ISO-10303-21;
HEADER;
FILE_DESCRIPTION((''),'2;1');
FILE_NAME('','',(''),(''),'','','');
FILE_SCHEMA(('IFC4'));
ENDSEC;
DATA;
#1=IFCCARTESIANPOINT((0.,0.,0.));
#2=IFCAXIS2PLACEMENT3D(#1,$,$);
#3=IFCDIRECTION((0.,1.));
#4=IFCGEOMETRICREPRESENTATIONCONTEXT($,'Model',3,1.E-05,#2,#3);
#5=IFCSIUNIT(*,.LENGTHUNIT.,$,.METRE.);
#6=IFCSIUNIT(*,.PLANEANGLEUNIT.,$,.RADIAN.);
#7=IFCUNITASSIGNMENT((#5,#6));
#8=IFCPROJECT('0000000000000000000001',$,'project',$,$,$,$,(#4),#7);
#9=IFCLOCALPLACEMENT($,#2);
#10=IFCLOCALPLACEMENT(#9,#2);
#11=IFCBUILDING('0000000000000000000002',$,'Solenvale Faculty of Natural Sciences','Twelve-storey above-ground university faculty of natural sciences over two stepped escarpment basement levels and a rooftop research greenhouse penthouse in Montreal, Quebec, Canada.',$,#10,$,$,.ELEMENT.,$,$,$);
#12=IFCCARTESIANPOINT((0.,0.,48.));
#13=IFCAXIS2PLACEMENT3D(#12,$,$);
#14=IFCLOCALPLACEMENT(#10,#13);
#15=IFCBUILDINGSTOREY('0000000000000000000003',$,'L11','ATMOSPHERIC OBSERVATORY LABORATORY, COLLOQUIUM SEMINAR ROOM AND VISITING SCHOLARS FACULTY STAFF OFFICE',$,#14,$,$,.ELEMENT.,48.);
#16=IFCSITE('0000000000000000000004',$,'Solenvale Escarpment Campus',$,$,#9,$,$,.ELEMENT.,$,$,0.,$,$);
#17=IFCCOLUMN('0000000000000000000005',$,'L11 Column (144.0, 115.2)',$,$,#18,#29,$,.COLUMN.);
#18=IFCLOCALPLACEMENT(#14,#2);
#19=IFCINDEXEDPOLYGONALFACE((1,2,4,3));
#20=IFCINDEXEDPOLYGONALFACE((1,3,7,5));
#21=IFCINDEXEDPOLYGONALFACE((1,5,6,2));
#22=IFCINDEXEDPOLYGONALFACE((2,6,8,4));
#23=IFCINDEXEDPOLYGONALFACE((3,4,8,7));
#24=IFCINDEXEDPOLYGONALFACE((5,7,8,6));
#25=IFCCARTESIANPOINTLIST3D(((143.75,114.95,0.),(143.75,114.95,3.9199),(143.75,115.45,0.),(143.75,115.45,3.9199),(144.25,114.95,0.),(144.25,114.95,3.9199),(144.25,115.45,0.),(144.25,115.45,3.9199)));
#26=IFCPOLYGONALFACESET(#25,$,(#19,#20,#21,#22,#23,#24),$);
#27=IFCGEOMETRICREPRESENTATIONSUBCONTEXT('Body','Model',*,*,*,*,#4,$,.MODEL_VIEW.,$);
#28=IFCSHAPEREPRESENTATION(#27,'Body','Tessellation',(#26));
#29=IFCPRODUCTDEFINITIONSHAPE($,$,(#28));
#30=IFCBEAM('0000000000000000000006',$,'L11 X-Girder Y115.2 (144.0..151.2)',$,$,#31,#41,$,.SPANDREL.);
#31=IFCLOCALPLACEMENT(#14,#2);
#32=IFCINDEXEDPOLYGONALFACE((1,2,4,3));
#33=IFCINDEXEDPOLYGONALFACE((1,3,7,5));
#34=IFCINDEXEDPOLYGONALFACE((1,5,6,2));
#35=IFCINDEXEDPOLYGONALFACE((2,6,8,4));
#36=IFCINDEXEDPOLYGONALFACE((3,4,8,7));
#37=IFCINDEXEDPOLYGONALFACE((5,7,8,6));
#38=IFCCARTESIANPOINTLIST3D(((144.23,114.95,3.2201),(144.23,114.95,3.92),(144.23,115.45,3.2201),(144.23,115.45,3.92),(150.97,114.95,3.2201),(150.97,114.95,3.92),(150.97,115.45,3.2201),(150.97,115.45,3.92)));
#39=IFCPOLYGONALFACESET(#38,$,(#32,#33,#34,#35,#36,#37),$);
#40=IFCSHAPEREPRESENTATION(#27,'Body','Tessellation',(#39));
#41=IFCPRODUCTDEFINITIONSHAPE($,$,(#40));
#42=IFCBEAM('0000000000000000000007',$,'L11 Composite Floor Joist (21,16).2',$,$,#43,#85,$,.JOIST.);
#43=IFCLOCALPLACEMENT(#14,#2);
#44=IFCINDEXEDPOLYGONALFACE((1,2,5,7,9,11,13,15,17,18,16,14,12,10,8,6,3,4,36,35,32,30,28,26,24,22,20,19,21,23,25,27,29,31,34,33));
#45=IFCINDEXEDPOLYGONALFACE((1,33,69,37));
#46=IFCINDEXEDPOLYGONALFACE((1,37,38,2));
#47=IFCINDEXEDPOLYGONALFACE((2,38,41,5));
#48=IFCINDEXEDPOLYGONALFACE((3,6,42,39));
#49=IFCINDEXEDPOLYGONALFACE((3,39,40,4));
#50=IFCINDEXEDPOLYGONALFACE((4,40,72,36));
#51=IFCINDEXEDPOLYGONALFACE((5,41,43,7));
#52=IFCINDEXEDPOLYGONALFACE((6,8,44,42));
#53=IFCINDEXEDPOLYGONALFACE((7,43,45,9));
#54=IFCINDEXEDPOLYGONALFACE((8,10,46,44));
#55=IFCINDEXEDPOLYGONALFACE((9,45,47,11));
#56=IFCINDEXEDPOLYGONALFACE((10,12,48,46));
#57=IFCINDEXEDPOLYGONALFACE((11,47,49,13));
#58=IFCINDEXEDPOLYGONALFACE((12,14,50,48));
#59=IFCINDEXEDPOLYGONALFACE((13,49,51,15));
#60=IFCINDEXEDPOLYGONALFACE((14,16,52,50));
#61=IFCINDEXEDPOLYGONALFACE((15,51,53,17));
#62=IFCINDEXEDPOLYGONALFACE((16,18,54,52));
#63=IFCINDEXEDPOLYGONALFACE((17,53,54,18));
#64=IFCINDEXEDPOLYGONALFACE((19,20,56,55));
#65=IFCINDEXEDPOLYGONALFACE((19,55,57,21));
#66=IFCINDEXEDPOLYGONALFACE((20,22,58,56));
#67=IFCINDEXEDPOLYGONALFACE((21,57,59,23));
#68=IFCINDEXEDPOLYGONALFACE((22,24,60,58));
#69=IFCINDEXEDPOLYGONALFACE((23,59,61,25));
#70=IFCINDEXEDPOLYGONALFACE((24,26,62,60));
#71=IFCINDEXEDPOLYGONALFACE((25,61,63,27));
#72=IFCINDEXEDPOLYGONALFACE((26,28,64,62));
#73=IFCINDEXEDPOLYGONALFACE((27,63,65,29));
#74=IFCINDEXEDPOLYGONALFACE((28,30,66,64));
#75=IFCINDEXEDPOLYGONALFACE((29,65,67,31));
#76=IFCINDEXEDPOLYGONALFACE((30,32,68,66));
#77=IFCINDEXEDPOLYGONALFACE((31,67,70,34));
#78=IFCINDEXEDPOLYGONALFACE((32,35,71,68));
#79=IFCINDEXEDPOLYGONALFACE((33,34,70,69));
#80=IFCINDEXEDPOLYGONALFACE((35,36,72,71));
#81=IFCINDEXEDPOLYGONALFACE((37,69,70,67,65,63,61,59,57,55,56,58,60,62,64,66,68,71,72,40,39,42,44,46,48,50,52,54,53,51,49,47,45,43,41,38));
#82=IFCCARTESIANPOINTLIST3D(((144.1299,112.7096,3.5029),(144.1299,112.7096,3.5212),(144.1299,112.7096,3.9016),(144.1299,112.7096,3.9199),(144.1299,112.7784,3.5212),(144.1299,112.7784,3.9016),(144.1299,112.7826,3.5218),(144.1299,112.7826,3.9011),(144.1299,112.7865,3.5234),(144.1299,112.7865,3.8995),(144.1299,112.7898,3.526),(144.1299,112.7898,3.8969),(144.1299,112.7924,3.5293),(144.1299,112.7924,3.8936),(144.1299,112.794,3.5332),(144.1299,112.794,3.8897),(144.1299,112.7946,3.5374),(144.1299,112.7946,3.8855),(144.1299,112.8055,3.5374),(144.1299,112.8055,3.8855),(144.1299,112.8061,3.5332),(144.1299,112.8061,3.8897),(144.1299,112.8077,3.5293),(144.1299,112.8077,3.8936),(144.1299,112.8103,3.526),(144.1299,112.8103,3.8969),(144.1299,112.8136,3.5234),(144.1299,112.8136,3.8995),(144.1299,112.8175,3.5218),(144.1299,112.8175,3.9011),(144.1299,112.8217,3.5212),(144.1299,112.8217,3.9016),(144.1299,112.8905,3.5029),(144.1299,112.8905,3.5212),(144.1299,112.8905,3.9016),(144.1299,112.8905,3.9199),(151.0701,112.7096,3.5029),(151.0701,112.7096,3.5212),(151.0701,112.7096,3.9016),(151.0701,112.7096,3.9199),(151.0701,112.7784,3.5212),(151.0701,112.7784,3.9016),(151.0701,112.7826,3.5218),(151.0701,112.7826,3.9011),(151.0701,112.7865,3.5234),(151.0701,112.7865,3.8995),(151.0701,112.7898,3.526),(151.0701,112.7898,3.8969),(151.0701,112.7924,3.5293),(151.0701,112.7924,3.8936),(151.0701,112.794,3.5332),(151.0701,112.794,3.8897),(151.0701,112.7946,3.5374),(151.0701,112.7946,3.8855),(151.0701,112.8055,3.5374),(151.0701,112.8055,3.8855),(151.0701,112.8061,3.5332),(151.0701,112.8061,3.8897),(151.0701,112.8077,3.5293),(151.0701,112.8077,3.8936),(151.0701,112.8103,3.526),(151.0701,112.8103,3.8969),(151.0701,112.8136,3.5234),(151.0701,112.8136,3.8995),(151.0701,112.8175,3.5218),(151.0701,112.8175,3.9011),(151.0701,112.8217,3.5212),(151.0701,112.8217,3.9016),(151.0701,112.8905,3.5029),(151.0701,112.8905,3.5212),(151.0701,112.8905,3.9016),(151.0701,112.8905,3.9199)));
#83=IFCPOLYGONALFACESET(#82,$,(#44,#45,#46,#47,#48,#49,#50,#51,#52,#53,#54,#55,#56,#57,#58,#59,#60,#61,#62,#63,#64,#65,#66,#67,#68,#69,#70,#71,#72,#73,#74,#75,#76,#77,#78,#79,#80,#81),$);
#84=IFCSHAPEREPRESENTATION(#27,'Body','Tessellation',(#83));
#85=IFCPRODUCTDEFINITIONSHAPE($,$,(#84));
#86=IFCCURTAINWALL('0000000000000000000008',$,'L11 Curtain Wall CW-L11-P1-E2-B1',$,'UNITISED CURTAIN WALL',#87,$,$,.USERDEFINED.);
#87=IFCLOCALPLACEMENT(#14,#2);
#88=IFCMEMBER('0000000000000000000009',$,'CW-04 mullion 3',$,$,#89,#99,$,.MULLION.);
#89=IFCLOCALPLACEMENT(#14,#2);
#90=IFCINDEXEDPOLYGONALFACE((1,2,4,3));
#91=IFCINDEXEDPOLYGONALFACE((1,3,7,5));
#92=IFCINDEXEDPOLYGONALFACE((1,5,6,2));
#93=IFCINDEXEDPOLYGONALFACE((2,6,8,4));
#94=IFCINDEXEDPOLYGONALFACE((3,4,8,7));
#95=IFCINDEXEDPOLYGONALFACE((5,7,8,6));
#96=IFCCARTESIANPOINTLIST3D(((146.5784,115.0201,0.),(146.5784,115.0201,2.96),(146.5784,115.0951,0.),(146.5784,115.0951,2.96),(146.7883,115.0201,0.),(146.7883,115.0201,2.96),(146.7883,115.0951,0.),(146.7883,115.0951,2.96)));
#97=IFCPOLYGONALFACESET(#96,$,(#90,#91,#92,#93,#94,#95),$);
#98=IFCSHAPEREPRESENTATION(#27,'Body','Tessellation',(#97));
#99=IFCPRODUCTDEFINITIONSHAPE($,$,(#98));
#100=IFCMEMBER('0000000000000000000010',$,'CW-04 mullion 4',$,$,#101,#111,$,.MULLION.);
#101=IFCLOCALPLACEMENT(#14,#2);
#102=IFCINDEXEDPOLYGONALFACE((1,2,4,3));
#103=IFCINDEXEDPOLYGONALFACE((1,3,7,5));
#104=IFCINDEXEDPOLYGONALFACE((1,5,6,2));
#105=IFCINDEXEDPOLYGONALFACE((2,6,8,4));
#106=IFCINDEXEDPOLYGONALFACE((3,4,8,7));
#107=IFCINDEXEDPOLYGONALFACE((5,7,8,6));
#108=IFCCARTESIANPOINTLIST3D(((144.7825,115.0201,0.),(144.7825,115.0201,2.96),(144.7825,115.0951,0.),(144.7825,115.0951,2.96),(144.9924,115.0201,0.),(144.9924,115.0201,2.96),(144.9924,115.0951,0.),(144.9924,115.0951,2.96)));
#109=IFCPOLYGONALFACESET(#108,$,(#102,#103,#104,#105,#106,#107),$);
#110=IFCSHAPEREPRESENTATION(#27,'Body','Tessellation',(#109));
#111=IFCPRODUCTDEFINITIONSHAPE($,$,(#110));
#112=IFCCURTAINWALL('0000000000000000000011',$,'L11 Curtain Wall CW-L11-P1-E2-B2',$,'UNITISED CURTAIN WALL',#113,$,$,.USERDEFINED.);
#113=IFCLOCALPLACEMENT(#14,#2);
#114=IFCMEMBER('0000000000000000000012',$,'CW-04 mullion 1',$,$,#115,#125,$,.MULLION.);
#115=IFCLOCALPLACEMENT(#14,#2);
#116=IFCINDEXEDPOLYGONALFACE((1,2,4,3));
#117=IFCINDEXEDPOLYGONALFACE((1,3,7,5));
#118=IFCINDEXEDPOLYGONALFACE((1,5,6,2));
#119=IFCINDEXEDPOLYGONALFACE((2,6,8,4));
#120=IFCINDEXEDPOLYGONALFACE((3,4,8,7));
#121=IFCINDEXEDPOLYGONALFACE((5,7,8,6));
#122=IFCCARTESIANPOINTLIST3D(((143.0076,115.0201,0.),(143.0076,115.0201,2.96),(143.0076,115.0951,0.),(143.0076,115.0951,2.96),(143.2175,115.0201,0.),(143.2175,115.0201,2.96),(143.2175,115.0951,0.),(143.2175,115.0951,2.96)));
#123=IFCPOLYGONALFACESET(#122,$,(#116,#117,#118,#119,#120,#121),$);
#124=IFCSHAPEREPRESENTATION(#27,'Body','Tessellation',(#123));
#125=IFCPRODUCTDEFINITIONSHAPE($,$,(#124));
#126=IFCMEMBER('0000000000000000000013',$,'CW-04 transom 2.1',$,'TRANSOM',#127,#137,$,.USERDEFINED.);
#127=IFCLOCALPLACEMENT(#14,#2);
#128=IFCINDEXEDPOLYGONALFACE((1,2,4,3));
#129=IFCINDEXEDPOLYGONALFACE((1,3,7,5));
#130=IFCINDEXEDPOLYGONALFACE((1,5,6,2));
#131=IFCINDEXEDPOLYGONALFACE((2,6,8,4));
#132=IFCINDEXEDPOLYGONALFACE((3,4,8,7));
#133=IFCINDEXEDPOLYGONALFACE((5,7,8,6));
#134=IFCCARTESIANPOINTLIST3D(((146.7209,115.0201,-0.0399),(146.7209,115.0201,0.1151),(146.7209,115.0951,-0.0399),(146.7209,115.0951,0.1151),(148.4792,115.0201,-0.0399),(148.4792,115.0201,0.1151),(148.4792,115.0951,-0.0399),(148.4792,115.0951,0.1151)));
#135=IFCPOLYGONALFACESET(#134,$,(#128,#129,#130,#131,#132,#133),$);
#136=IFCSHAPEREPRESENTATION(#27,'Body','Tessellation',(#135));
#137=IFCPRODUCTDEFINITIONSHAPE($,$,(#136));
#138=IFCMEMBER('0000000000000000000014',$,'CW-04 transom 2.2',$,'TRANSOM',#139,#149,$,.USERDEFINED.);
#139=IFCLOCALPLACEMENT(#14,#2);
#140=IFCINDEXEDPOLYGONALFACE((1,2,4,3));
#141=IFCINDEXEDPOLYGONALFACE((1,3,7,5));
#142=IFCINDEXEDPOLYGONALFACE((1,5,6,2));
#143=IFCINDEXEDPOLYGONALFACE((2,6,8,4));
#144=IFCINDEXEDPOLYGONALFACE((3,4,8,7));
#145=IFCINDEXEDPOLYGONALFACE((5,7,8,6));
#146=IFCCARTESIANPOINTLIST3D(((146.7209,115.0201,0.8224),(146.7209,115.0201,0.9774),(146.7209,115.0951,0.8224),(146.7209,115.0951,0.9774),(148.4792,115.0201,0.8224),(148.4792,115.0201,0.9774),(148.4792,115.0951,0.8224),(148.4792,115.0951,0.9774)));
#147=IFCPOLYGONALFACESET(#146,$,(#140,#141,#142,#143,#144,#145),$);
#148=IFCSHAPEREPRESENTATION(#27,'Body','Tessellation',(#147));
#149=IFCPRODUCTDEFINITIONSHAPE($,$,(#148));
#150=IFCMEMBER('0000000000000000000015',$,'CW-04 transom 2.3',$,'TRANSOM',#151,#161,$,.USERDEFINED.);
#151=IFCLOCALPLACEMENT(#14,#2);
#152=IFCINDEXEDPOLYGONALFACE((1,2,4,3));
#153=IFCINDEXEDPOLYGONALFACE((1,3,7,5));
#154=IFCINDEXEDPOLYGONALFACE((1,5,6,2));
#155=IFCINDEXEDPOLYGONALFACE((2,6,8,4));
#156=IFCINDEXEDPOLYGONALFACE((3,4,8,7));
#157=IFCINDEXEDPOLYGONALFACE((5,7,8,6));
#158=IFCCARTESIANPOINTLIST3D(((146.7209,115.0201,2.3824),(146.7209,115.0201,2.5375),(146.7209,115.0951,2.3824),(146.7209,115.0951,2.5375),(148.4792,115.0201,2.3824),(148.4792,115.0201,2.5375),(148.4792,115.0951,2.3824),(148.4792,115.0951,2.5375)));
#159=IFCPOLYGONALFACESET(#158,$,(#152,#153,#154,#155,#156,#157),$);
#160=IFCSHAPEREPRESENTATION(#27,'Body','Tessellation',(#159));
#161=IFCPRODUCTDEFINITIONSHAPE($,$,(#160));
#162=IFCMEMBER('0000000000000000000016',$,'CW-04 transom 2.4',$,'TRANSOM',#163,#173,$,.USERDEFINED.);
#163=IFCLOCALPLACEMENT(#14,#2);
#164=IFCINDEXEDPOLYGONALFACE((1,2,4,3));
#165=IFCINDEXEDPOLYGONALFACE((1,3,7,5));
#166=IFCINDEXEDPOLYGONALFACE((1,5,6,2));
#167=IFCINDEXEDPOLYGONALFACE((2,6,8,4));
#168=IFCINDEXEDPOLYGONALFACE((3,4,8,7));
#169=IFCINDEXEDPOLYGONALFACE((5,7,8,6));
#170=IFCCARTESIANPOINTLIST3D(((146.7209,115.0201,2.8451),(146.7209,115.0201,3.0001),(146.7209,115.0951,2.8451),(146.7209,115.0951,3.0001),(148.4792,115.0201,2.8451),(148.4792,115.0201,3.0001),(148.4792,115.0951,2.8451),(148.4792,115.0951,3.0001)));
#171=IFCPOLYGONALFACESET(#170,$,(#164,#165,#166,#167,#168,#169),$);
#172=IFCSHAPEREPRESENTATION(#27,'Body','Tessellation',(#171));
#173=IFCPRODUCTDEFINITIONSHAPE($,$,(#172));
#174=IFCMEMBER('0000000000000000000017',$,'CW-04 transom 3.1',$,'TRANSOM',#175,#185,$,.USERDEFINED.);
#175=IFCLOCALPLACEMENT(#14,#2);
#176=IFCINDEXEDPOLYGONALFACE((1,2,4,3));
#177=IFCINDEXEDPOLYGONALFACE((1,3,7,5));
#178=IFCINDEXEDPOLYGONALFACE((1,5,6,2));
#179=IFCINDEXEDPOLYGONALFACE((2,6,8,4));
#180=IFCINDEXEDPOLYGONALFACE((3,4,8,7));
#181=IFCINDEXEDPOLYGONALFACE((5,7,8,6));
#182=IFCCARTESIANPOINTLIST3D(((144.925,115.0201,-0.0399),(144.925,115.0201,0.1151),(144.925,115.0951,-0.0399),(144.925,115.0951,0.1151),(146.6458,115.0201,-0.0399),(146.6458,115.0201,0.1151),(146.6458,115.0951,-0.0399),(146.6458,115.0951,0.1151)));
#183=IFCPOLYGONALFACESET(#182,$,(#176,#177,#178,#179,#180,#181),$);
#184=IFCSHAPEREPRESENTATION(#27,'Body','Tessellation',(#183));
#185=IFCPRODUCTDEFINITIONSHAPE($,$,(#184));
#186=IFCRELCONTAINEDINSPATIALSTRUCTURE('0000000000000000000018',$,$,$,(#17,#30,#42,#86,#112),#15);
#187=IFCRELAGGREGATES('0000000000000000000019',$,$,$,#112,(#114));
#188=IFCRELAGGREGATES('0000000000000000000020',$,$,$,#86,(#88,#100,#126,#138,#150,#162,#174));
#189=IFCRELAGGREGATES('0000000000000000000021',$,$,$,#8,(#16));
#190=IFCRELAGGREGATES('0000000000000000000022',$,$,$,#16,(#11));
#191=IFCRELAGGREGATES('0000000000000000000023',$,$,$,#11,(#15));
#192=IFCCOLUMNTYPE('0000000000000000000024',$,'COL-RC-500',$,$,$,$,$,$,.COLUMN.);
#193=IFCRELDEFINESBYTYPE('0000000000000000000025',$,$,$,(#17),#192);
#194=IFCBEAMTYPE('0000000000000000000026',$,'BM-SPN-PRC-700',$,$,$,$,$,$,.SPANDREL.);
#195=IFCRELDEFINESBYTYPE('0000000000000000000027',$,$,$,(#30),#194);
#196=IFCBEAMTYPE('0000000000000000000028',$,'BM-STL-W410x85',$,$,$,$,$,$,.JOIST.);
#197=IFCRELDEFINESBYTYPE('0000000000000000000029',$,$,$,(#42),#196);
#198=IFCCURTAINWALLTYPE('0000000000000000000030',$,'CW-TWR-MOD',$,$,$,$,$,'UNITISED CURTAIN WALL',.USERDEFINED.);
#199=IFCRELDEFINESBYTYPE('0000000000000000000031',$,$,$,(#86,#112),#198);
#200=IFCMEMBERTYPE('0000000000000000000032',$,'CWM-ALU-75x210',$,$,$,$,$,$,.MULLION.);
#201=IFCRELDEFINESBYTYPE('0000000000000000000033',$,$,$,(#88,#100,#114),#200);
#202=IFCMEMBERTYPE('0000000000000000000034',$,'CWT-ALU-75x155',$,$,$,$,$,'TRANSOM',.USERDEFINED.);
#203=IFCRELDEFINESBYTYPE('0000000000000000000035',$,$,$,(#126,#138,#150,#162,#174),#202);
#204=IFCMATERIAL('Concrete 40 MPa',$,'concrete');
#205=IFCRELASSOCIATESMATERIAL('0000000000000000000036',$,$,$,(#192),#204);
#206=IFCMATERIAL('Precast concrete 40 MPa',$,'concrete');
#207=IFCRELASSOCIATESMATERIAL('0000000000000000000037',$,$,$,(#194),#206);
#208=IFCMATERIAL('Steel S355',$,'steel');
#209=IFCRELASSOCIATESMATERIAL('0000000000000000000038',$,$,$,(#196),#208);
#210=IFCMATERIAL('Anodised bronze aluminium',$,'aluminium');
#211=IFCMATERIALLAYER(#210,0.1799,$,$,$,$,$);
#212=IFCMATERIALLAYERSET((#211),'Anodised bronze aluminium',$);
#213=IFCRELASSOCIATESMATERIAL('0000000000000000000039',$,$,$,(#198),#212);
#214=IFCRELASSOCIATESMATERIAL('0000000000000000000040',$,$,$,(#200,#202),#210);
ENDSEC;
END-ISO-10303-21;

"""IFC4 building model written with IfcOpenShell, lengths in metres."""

from ifc_helpers import new_model, si_unit, direction, frame, origin, origin_2d, place, context, subcontext, project, spatial, rectangle, i_section, extrude, material, layer, layer_set, material_profile, profile_set, type_object, element, aggregate, save


model = new_model("IFC4")

# Units and contexts
model_context = context("Model", 3, precision=1e-05, world=origin(), true_north=direction((0.0, 1.0)))
body_context = subcontext(model_context, "Body", "Model", "MODEL_VIEW")
ifc_project = project(units=[si_unit("LENGTHUNIT", "METRE"), si_unit("PLANEANGLEUNIT", "RADIAN")], contexts=[model_context])

# Site, building, storey
site_placement = place(None, origin())
site = spatial("IfcSite", under=ifc_project, at=site_placement, Name="Solenvale Escarpment Campus", CompositionType="ELEMENT", RefElevation=0.0)
building_placement = place(site_placement, origin())
building = spatial("IfcBuilding", under=site, at=building_placement, Name="Solenvale Faculty of Natural Sciences", Description="Twelve-storey above-ground university faculty of natural sciences over two stepped escarpment basement levels and a rooftop research greenhouse penthouse in Montreal, Quebec, Canada.", CompositionType="ELEMENT")
storey_placement = place(building_placement, frame((0.0, 0.0, 48.0)))
storey = spatial("IfcBuildingStorey", under=building, at=storey_placement, Name="L11", Description="ATMOSPHERIC OBSERVATORY LABORATORY, COLLOQUIUM SEMINAR ROOM AND VISITING SCHOLARS FACULTY STAFF OFFICE", CompositionType="ELEMENT", Elevation=48.0)

# Column
ifc_material_1 = material(Name="Concrete 40 MPa", Category="concrete")
ifc_material_profile_1 = material_profile(ifc_material_1, rectangle(XDim=0.5, YDim=0.5, at=origin_2d()), Name="RC-COL-500x500")
ifc_profile_set_1 = profile_set([ifc_material_profile_1], Name="Concrete 40 MPa")
column_type = type_object("IfcColumnType", Name="COL-RC-500", PredefinedType="COLUMN", material=ifc_profile_set_1)
column_placement = place(storey_placement, frame((144.0, 115.2, 0.0), z_axis=(0.0, 0.0, 1.0), x_axis=(1.0, 0.0, 0.0)))
element("IfcColumn", 1, at=column_placement, inside=storey, type_object=column_type, Name="L11 Column (144.0, 115.2)", PredefinedType="COLUMN", context=body_context, shape_type="SweptSolid", body=[
    extrude(rectangle(XDim=0.5, YDim=0.5, at=origin_2d()), origin(), (0.0, 0.0, 1.0), 3.9199),
])

# Beams
ifc_material_2 = material(Name="Precast concrete 40 MPa", Category="concrete")
ifc_material_profile_2 = material_profile(ifc_material_2, rectangle(XDim=0.5, YDim=0.7, at=origin_2d()), Name="RC-BM-500x700")
ifc_profile_set_2 = profile_set([ifc_material_profile_2], Name="Precast concrete 40 MPa")
beam_type_1 = type_object("IfcBeamType", Name="BM-SPN-PRC-700", PredefinedType="SPANDREL", material=ifc_profile_set_2)
beam_1_placement = place(storey_placement, frame((144.23, 115.2, 3.5701), z_axis=(1.0, 0.0, 0.0), x_axis=(0.0, 1.0, 0.0)))
element("IfcBeam", 2, at=beam_1_placement, inside=storey, type_object=beam_type_1, Name="L11 X-Girder Y115.2 (144.0..151.2)", PredefinedType="SPANDREL", context=body_context, shape_type="SweptSolid", body=[
    extrude(rectangle(XDim=0.5, YDim=0.7, at=origin_2d()), origin(), (0.0, 0.0, 1.0), 6.74),
])
ifc_material_3 = material(Name="Steel S355", Category="steel")
ifc_material_profile_3 = material_profile(ifc_material_3, i_section(OverallWidth=0.1809, OverallDepth=0.417, WebThickness=0.011, FlangeThickness=0.0183, FilletRadius=0.0161, at=origin_2d()), Name="W410x85")
ifc_profile_set_3 = profile_set([ifc_material_profile_3], Name="Steel S355")
beam_type_2 = type_object("IfcBeamType", Name="BM-STL-W410x85", PredefinedType="JOIST", material=ifc_profile_set_3)
beam_2_placement = place(storey_placement, frame((144.1299, 112.8, 3.7114), z_axis=(1.0, 0.0, 0.0), x_axis=(0.0, 1.0, 0.0)))
element("IfcBeam", 3, at=beam_2_placement, inside=storey, type_object=beam_type_2, Name="L11 Composite Floor Joist (21,16).2", PredefinedType="JOIST", context=body_context, shape_type="SweptSolid", body=[
    extrude(i_section(OverallWidth=0.1809, OverallDepth=0.417, WebThickness=0.011, FlangeThickness=0.0183, FilletRadius=0.0161, at=origin_2d()), origin(), (0.0, 0.0, 1.0), 6.9402),
])

# Curtain wall, members
ifc_material_4 = material(Name="Anodised bronze aluminium", Category="aluminium")
ifc_layer_1 = layer(ifc_material_4, 0.1799)
ifc_layer_set_1 = layer_set([ifc_layer_1], Name="Anodised bronze aluminium")
curtain_wall_type = type_object("IfcCurtainWallType", Name="CW-TWR-MOD", ElementType="UNITISED CURTAIN WALL", PredefinedType="USERDEFINED", material=ifc_layer_set_1)
curtain_wall_1_placement = place(storey_placement, origin())
curtain_wall_1 = element("IfcCurtainWall", 4, at=curtain_wall_1_placement, inside=storey, type_object=curtain_wall_type, Name="L11 Curtain Wall CW-L11-P1-E2-B1", ObjectType="UNITISED CURTAIN WALL", PredefinedType="USERDEFINED")
ifc_material_profile_4 = material_profile(ifc_material_4, rectangle(XDim=0.075, YDim=0.21, at=origin_2d()), Name="ALU-MUL-75x210")
ifc_profile_set_4 = profile_set([ifc_material_profile_4], Name="Anodised bronze aluminium")
member_type_1 = type_object("IfcMemberType", Name="CWM-ALU-75x210", PredefinedType="MULLION", material=ifc_profile_set_4)
member_1_placement = place(storey_placement, frame((146.6833, 115.0576, 0.0), z_axis=(0.0, 0.0, 1.0), x_axis=(0.0, -1.0, 0.0)))
member_1 = element("IfcMember", 5, at=member_1_placement, type_object=member_type_1, Name="CW-04 mullion 3", PredefinedType="MULLION", context=body_context, shape_type="SweptSolid", body=[
    extrude(rectangle(XDim=0.075, YDim=0.21, at=origin_2d()), origin(), (0.0, 0.0, 1.0), 2.96),
])
member_2_placement = place(storey_placement, frame((144.8875, 115.0576, 0.0), z_axis=(0.0, 0.0, 1.0), x_axis=(0.0, -1.0, 0.0)))
member_2 = element("IfcMember", 6, at=member_2_placement, type_object=member_type_1, Name="CW-04 mullion 4", PredefinedType="MULLION", context=body_context, shape_type="SweptSolid", body=[
    extrude(rectangle(XDim=0.075, YDim=0.21, at=origin_2d()), origin(), (0.0, 0.0, 1.0), 2.96),
])

# Curtain wall, member
curtain_wall_2_placement = place(storey_placement, origin())
curtain_wall_2 = element("IfcCurtainWall", 7, at=curtain_wall_2_placement, inside=storey, type_object=curtain_wall_type, Name="L11 Curtain Wall CW-L11-P1-E2-B2", ObjectType="UNITISED CURTAIN WALL", PredefinedType="USERDEFINED")
member_3_placement = place(storey_placement, frame((143.1125, 115.0576, 0.0), z_axis=(0.0, 0.0, 1.0), x_axis=(0.0, -1.0, 0.0)))
member_3 = element("IfcMember", 8, at=member_3_placement, type_object=member_type_1, Name="CW-04 mullion 1", PredefinedType="MULLION", context=body_context, shape_type="SweptSolid", body=[
    extrude(rectangle(XDim=0.075, YDim=0.21, at=origin_2d()), origin(), (0.0, 0.0, 1.0), 2.96),
])

# Members
ifc_material_profile_5 = material_profile(ifc_material_4, rectangle(XDim=0.075, YDim=0.155, at=origin_2d()), Name="ALU-TRN-75x155")
ifc_profile_set_5 = profile_set([ifc_material_profile_5], Name="Anodised bronze aluminium")
member_type_2 = type_object("IfcMemberType", Name="CWT-ALU-75x155", ElementType="TRANSOM", PredefinedType="USERDEFINED", material=ifc_profile_set_5)
member_4_placement = place(storey_placement, frame((148.4792, 115.0576, 0.0376), z_axis=(-1.0, 0.0, 0.0), x_axis=(0.0, -1.0, 0.0)))
member_4 = element("IfcMember", 9, at=member_4_placement, type_object=member_type_2, Name="CW-04 transom 2.1", ObjectType="TRANSOM", PredefinedType="USERDEFINED", context=body_context, shape_type="SweptSolid", body=[
    extrude(rectangle(XDim=0.075, YDim=0.155, at=origin_2d()), origin(), (0.0, 0.0, 1.0), 1.7583),
])
member_5_placement = place(storey_placement, frame((148.4792, 115.0576, 0.8999), z_axis=(-1.0, 0.0, 0.0), x_axis=(0.0, -1.0, 0.0)))
member_5 = element("IfcMember", 10, at=member_5_placement, type_object=member_type_2, Name="CW-04 transom 2.2", ObjectType="TRANSOM", PredefinedType="USERDEFINED", context=body_context, shape_type="SweptSolid", body=[
    extrude(rectangle(XDim=0.075, YDim=0.155, at=origin_2d()), origin(), (0.0, 0.0, 1.0), 1.7583),
])
member_6_placement = place(storey_placement, frame((148.4792, 115.0576, 2.46), z_axis=(-1.0, 0.0, 0.0), x_axis=(0.0, -1.0, 0.0)))
member_6 = element("IfcMember", 11, at=member_6_placement, type_object=member_type_2, Name="CW-04 transom 2.3", ObjectType="TRANSOM", PredefinedType="USERDEFINED", context=body_context, shape_type="SweptSolid", body=[
    extrude(rectangle(XDim=0.075, YDim=0.155, at=origin_2d()), origin(), (0.0, 0.0, 1.0), 1.7583),
])
member_7_placement = place(storey_placement, frame((148.4792, 115.0576, 2.9226), z_axis=(-1.0, 0.0, 0.0), x_axis=(0.0, -1.0, 0.0)))
member_7 = element("IfcMember", 12, at=member_7_placement, type_object=member_type_2, Name="CW-04 transom 2.4", ObjectType="TRANSOM", PredefinedType="USERDEFINED", context=body_context, shape_type="SweptSolid", body=[
    extrude(rectangle(XDim=0.075, YDim=0.155, at=origin_2d()), origin(), (0.0, 0.0, 1.0), 1.7583),
])
member_8_placement = place(storey_placement, frame((146.6458, 115.0576, 0.0376), z_axis=(-1.0, 0.0, 0.0), x_axis=(0.0, -1.0, 0.0)))
member_8 = element("IfcMember", 13, at=member_8_placement, type_object=member_type_2, Name="CW-04 transom 3.1", ObjectType="TRANSOM", PredefinedType="USERDEFINED", context=body_context, shape_type="SweptSolid", body=[
    extrude(rectangle(XDim=0.075, YDim=0.155, at=origin_2d()), origin(), (0.0, 0.0, 1.0), 1.7207),
])
aggregate(curtain_wall_2, [member_3])

aggregate(curtain_wall_1, [member_1, member_2, member_4, member_5, member_6, member_7, member_8])

save(model, "model.ifc")
